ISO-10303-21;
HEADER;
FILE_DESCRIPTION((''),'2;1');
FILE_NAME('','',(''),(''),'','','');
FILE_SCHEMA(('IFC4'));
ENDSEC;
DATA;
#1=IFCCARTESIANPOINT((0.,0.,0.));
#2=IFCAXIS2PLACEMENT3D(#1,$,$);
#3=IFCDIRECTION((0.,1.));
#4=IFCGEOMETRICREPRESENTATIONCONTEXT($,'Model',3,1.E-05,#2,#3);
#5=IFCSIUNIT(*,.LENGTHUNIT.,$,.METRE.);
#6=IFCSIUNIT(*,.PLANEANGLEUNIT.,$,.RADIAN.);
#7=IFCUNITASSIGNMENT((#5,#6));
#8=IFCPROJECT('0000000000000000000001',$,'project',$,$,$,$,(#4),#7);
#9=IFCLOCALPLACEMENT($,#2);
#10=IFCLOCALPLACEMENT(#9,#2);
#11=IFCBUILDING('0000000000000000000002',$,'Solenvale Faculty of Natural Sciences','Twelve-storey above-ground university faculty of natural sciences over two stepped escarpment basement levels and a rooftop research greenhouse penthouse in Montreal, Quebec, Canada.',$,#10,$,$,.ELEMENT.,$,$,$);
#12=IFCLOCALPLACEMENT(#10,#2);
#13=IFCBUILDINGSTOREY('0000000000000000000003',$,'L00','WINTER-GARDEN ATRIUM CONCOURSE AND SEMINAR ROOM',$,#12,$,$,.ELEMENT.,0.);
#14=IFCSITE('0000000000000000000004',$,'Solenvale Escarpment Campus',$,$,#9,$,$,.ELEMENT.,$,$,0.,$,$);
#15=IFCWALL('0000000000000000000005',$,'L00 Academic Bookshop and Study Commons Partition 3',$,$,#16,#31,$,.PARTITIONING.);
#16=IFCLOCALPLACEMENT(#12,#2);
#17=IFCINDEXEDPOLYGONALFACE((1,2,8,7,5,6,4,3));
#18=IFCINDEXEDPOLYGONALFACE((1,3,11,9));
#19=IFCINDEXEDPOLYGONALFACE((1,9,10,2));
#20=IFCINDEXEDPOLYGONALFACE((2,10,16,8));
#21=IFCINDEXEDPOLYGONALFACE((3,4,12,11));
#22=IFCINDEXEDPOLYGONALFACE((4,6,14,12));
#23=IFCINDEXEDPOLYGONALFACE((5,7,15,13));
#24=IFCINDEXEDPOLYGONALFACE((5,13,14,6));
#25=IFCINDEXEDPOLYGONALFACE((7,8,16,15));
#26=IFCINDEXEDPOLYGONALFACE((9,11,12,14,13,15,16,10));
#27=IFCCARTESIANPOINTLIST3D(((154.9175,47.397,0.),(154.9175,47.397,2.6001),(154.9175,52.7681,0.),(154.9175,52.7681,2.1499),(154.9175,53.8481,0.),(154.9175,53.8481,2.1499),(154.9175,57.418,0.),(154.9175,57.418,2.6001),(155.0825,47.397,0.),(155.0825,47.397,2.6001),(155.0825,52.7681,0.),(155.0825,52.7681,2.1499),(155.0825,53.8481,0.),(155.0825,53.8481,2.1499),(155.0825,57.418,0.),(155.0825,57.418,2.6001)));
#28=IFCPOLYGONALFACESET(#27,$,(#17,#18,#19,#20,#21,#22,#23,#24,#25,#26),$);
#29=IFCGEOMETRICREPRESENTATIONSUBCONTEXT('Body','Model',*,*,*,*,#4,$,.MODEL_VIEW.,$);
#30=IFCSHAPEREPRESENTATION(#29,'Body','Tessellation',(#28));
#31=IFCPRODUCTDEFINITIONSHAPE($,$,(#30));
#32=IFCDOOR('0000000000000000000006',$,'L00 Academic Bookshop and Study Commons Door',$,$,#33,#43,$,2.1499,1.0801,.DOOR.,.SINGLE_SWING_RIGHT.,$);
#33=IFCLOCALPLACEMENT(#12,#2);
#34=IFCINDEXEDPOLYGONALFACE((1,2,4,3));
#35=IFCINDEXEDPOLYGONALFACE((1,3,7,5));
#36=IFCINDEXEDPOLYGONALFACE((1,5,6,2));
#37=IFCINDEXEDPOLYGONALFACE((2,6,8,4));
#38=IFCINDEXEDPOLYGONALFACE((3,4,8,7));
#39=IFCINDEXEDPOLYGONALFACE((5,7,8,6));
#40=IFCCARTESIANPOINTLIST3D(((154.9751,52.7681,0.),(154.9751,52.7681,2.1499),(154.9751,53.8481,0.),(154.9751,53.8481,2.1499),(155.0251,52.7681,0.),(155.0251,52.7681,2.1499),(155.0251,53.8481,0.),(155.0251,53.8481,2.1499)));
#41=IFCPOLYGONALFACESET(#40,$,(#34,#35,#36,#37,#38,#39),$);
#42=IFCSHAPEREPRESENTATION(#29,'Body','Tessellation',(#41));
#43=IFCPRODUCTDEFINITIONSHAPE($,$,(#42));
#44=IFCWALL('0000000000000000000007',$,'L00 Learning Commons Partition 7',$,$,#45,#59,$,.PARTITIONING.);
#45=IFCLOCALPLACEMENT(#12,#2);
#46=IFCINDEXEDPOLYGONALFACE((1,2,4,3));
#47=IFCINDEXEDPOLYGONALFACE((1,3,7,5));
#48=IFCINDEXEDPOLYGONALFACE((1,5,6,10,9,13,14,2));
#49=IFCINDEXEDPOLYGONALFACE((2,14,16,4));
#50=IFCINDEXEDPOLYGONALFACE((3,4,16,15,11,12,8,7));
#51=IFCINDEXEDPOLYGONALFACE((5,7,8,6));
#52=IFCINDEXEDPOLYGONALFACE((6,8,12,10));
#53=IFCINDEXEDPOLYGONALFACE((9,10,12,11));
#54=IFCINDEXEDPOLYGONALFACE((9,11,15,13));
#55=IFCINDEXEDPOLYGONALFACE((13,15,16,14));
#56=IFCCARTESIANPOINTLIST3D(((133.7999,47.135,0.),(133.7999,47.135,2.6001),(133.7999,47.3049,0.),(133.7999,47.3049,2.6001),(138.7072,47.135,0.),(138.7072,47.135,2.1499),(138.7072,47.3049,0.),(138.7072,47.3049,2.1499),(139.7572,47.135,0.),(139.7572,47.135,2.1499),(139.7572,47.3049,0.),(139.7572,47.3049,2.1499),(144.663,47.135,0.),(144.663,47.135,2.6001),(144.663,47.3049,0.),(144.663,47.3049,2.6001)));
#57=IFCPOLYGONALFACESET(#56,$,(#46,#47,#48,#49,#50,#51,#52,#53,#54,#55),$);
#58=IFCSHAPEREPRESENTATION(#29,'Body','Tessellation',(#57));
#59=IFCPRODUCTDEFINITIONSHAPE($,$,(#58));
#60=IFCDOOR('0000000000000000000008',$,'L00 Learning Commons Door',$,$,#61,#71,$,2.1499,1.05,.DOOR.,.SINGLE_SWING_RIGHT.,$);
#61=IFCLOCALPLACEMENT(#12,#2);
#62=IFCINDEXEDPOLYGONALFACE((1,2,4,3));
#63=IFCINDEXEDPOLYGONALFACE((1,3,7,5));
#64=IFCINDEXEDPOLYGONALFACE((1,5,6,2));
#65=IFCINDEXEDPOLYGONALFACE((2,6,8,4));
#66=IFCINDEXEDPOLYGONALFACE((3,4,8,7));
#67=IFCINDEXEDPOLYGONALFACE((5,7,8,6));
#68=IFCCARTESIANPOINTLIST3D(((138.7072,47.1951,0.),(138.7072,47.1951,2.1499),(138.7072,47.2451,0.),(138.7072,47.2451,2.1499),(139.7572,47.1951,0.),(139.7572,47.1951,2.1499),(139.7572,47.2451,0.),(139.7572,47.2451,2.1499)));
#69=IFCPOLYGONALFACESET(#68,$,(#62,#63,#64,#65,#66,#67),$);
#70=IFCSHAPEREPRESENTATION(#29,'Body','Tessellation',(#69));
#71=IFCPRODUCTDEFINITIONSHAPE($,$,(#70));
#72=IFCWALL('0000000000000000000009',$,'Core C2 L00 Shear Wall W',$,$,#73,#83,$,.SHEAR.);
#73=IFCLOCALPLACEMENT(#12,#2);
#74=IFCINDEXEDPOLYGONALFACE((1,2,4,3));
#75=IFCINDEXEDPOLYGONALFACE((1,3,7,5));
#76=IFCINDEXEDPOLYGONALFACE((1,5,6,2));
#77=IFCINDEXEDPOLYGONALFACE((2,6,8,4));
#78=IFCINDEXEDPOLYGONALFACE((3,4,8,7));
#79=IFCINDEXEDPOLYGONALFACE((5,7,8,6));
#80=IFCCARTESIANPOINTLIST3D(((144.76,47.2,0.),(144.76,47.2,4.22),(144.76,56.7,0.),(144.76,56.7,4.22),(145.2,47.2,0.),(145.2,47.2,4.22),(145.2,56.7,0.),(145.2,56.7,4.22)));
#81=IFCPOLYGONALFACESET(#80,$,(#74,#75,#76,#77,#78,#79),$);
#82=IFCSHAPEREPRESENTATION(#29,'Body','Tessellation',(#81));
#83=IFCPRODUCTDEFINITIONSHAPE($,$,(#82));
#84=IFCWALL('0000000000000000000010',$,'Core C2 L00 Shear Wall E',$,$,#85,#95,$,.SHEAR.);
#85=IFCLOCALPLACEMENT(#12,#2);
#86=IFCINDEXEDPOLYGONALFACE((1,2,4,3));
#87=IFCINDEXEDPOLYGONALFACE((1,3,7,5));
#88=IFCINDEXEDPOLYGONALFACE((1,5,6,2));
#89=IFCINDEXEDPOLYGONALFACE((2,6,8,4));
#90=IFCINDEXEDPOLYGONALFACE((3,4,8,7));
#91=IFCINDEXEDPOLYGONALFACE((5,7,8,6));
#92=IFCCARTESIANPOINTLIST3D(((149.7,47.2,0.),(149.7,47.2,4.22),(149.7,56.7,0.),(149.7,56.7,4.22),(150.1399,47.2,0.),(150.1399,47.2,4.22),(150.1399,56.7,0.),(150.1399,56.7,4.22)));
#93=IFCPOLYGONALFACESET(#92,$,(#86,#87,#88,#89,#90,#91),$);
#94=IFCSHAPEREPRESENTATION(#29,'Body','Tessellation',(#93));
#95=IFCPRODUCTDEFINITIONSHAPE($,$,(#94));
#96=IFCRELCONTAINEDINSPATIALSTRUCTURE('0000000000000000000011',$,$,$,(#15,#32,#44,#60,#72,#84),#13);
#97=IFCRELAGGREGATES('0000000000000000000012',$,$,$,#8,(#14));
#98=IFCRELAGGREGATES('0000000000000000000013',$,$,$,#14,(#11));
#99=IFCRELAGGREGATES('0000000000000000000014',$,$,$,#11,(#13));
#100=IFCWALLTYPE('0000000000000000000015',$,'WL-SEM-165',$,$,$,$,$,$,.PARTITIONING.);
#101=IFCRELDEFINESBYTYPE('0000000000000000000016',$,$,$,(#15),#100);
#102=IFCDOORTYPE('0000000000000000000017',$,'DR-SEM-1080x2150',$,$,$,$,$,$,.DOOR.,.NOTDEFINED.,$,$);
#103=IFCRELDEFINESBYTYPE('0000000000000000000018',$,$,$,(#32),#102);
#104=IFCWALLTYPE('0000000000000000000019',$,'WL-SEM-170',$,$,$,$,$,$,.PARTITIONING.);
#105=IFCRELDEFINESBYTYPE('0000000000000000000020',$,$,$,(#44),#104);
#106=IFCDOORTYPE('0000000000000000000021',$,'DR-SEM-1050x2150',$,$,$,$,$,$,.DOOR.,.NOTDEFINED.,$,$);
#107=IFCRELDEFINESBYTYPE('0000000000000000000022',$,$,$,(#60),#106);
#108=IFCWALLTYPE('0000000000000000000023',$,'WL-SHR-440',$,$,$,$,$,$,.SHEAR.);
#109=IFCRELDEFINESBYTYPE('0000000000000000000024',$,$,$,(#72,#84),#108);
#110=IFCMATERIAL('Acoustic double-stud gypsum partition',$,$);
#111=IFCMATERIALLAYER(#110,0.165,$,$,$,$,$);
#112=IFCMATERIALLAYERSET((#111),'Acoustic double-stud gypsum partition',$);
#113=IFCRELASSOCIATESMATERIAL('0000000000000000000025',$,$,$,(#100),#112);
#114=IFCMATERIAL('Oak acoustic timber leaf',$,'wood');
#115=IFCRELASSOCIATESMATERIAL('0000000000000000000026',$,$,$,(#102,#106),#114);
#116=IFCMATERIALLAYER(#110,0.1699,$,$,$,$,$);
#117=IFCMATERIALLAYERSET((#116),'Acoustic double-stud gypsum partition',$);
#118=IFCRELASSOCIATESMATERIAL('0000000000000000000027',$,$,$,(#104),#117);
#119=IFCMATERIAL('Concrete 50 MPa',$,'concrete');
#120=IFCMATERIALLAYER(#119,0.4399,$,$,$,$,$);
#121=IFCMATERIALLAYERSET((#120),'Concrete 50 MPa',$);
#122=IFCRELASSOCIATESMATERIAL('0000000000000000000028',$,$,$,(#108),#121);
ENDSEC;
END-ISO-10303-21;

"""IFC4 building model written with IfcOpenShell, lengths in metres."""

from ifc_helpers import new_model, si_unit, direction, frame, frame_2d, origin, place, context, subcontext, project, spatial, rectangle, extrude, material, layer, layer_set, type_object, element, fill, save


model = new_model("IFC4")

# Units and contexts
model_context = context("Model", 3, precision=1e-05, world=origin(), true_north=direction((0.0, 1.0)))
body_context = subcontext(model_context, "Body", "Model", "MODEL_VIEW")
ifc_project = project(units=[si_unit("LENGTHUNIT", "METRE"), si_unit("PLANEANGLEUNIT", "RADIAN")], contexts=[model_context])

# Site, building, storey
site_placement = place(None, origin())
site = spatial("IfcSite", under=ifc_project, at=site_placement, Name="Solenvale Escarpment Campus", CompositionType="ELEMENT", RefElevation=0.0)
building_placement = place(site_placement, origin())
building = spatial("IfcBuilding", under=site, at=building_placement, Name="Solenvale Faculty of Natural Sciences", Description="Twelve-storey above-ground university faculty of natural sciences over two stepped escarpment basement levels and a rooftop research greenhouse penthouse in Montreal, Quebec, Canada.", CompositionType="ELEMENT")
storey_placement = place(building_placement, origin())
storey = spatial("IfcBuildingStorey", under=building, at=storey_placement, Name="L00", Description="WINTER-GARDEN ATRIUM CONCOURSE AND SEMINAR ROOM", CompositionType="ELEMENT", Elevation=0.0)

# Shared definitions
ifc_material_1 = material(Name="Concrete 50 MPa", Category="concrete")

# Walls, openings, doors
ifc_material_2 = material(Name="Acoustic double-stud gypsum partition")
ifc_layer_1 = layer(ifc_material_2, 0.165)
ifc_layer_set_1 = layer_set([ifc_layer_1], Name="Acoustic double-stud gypsum partition")
wall_type_1 = type_object("IfcWallType", Name="WL-SEM-165", PredefinedType="PARTITIONING", material=ifc_layer_set_1)
wall_1_placement = place(storey_placement, frame((155.0, 47.397, 0.0), z_axis=(0.0, 0.0, 1.0), x_axis=(0.0, 1.0, 0.0)))
wall_1 = element("IfcWall", 1, at=wall_1_placement, inside=storey, type_object=wall_type_1, Name="L00 Academic Bookshop and Study Commons Partition 3", PredefinedType="PARTITIONING", context=body_context, shape_type="SweptSolid", body=[
    extrude(rectangle(XDim=10.021, YDim=0.165, at=frame_2d((5.0105, 0.0))), origin(), (0.0, 0.0, 1.0), 2.6001),
])
opening_1_placement = place(wall_1_placement, frame((5.3711, 0.0, 0.0)))
opening_1 = element("IfcOpeningElement", 2, at=opening_1_placement, cuts=wall_1, PredefinedType="OPENING", context=body_context, shape_type="SweptSolid", body=[
    extrude(rectangle(XDim=1.0801, YDim=2.1499, at=frame_2d((0.54, 1.075))), frame((0.0, 0.0925, 0.0), z_axis=(0.0, -1.0, 0.0), x_axis=(1.0, 0.0, 0.0)), (0.0, 0.0, 1.0), 0.1851),
])
ifc_material_3 = material(Name="Oak acoustic timber leaf", Category="wood")
door_type_1 = type_object("IfcDoorType", Name="DR-SEM-1080x2150", OperationType="NOTDEFINED", PredefinedType="DOOR", material=ifc_material_3)
door_1_placement = place(opening_1_placement, origin())
door_1 = element("IfcDoor", 3, at=door_1_placement, inside=storey, type_object=door_type_1, Name="L00 Academic Bookshop and Study Commons Door", OperationType="SINGLE_SWING_RIGHT", OverallHeight=2.1499, OverallWidth=1.0801, PredefinedType="DOOR", context=body_context, shape_type="SweptSolid", body=[
    extrude(rectangle(XDim=1.0801, YDim=2.1499, at=frame_2d((0.54, 1.075))), frame((0.0, 0.0249, 0.0), z_axis=(0.0, -1.0, 0.0), x_axis=(1.0, 0.0, 0.0)), (0.0, 0.0, 1.0), 0.05),
])
fill(opening_1, door_1)
ifc_layer_2 = layer(ifc_material_2, 0.1699)
ifc_layer_set_2 = layer_set([ifc_layer_2], Name="Acoustic double-stud gypsum partition")
wall_type_2 = type_object("IfcWallType", Name="WL-SEM-170", PredefinedType="PARTITIONING", material=ifc_layer_set_2)
wall_2_placement = place(storey_placement, frame((144.6631, 47.22, 0.0), z_axis=(0.0, 0.0, 1.0), x_axis=(-1.0, 0.0, 0.0)))
wall_2 = element("IfcWall", 4, at=wall_2_placement, inside=storey, type_object=wall_type_2, Name="L00 Learning Commons Partition 7", PredefinedType="PARTITIONING", context=body_context, shape_type="SweptSolid", body=[
    extrude(rectangle(XDim=10.863, YDim=0.1699, at=frame_2d((5.4316, 0.0))), origin(), (0.0, 0.0, 1.0), 2.6001),
])
opening_2_placement = place(wall_2_placement, frame((4.906, 0.0, 0.0)))
opening_2 = element("IfcOpeningElement", 5, at=opening_2_placement, cuts=wall_2, PredefinedType="OPENING", context=body_context, shape_type="SweptSolid", body=[
    extrude(rectangle(XDim=1.05, YDim=2.1499, at=frame_2d((0.5249, 1.075))), frame((0.0, 0.095, 0.0), z_axis=(0.0, -1.0, 0.0), x_axis=(1.0, 0.0, 0.0)), (0.0, 0.0, 1.0), 0.1899),
])
door_type_2 = type_object("IfcDoorType", Name="DR-SEM-1050x2150", OperationType="NOTDEFINED", PredefinedType="DOOR", material=ifc_material_3)
door_2_placement = place(opening_2_placement, origin())
door_2 = element("IfcDoor", 6, at=door_2_placement, inside=storey, type_object=door_type_2, Name="L00 Learning Commons Door", OperationType="SINGLE_SWING_RIGHT", OverallHeight=2.1499, OverallWidth=1.05, PredefinedType="DOOR", context=body_context, shape_type="SweptSolid", body=[
    extrude(rectangle(XDim=1.05, YDim=2.1499, at=frame_2d((0.5249, 1.075))), frame((0.0, 0.0249, 0.0), z_axis=(0.0, -1.0, 0.0), x_axis=(1.0, 0.0, 0.0)), (0.0, 0.0, 1.0), 0.05),
])
fill(opening_2, door_2)
ifc_layer_3 = layer(ifc_material_1, 0.4399)
ifc_layer_set_3 = layer_set([ifc_layer_3], Name="Concrete 50 MPa")
wall_type_3 = type_object("IfcWallType", Name="WL-SHR-440", PredefinedType="SHEAR", material=ifc_layer_set_3)

# Walls
for number, where, z_axis, x_axis, name in (
    (7, (144.98, 47.2, 0.0), (0.0, 0.0, 1.0), (0.0, 1.0, 0.0), "Core C2 L00 Shear Wall W"),
    (8, (149.9199, 47.2, 0.0), (0.0, 0.0, 1.0), (0.0, 1.0, 0.0), "Core C2 L00 Shear Wall E"),
):
    element("IfcWall", number, at=place(storey_placement, frame(where, z_axis=z_axis, x_axis=x_axis)), inside=storey, type_object=wall_type_3, Name=name, PredefinedType="SHEAR", context=body_context, shape_type="SweptSolid", body=[
        extrude(rectangle(XDim=9.5, YDim=0.4399, at=frame_2d((4.75, 0.0))), origin(), (0.0, 0.0, 1.0), 4.22),
    ])

save(model, "model.ifc")
